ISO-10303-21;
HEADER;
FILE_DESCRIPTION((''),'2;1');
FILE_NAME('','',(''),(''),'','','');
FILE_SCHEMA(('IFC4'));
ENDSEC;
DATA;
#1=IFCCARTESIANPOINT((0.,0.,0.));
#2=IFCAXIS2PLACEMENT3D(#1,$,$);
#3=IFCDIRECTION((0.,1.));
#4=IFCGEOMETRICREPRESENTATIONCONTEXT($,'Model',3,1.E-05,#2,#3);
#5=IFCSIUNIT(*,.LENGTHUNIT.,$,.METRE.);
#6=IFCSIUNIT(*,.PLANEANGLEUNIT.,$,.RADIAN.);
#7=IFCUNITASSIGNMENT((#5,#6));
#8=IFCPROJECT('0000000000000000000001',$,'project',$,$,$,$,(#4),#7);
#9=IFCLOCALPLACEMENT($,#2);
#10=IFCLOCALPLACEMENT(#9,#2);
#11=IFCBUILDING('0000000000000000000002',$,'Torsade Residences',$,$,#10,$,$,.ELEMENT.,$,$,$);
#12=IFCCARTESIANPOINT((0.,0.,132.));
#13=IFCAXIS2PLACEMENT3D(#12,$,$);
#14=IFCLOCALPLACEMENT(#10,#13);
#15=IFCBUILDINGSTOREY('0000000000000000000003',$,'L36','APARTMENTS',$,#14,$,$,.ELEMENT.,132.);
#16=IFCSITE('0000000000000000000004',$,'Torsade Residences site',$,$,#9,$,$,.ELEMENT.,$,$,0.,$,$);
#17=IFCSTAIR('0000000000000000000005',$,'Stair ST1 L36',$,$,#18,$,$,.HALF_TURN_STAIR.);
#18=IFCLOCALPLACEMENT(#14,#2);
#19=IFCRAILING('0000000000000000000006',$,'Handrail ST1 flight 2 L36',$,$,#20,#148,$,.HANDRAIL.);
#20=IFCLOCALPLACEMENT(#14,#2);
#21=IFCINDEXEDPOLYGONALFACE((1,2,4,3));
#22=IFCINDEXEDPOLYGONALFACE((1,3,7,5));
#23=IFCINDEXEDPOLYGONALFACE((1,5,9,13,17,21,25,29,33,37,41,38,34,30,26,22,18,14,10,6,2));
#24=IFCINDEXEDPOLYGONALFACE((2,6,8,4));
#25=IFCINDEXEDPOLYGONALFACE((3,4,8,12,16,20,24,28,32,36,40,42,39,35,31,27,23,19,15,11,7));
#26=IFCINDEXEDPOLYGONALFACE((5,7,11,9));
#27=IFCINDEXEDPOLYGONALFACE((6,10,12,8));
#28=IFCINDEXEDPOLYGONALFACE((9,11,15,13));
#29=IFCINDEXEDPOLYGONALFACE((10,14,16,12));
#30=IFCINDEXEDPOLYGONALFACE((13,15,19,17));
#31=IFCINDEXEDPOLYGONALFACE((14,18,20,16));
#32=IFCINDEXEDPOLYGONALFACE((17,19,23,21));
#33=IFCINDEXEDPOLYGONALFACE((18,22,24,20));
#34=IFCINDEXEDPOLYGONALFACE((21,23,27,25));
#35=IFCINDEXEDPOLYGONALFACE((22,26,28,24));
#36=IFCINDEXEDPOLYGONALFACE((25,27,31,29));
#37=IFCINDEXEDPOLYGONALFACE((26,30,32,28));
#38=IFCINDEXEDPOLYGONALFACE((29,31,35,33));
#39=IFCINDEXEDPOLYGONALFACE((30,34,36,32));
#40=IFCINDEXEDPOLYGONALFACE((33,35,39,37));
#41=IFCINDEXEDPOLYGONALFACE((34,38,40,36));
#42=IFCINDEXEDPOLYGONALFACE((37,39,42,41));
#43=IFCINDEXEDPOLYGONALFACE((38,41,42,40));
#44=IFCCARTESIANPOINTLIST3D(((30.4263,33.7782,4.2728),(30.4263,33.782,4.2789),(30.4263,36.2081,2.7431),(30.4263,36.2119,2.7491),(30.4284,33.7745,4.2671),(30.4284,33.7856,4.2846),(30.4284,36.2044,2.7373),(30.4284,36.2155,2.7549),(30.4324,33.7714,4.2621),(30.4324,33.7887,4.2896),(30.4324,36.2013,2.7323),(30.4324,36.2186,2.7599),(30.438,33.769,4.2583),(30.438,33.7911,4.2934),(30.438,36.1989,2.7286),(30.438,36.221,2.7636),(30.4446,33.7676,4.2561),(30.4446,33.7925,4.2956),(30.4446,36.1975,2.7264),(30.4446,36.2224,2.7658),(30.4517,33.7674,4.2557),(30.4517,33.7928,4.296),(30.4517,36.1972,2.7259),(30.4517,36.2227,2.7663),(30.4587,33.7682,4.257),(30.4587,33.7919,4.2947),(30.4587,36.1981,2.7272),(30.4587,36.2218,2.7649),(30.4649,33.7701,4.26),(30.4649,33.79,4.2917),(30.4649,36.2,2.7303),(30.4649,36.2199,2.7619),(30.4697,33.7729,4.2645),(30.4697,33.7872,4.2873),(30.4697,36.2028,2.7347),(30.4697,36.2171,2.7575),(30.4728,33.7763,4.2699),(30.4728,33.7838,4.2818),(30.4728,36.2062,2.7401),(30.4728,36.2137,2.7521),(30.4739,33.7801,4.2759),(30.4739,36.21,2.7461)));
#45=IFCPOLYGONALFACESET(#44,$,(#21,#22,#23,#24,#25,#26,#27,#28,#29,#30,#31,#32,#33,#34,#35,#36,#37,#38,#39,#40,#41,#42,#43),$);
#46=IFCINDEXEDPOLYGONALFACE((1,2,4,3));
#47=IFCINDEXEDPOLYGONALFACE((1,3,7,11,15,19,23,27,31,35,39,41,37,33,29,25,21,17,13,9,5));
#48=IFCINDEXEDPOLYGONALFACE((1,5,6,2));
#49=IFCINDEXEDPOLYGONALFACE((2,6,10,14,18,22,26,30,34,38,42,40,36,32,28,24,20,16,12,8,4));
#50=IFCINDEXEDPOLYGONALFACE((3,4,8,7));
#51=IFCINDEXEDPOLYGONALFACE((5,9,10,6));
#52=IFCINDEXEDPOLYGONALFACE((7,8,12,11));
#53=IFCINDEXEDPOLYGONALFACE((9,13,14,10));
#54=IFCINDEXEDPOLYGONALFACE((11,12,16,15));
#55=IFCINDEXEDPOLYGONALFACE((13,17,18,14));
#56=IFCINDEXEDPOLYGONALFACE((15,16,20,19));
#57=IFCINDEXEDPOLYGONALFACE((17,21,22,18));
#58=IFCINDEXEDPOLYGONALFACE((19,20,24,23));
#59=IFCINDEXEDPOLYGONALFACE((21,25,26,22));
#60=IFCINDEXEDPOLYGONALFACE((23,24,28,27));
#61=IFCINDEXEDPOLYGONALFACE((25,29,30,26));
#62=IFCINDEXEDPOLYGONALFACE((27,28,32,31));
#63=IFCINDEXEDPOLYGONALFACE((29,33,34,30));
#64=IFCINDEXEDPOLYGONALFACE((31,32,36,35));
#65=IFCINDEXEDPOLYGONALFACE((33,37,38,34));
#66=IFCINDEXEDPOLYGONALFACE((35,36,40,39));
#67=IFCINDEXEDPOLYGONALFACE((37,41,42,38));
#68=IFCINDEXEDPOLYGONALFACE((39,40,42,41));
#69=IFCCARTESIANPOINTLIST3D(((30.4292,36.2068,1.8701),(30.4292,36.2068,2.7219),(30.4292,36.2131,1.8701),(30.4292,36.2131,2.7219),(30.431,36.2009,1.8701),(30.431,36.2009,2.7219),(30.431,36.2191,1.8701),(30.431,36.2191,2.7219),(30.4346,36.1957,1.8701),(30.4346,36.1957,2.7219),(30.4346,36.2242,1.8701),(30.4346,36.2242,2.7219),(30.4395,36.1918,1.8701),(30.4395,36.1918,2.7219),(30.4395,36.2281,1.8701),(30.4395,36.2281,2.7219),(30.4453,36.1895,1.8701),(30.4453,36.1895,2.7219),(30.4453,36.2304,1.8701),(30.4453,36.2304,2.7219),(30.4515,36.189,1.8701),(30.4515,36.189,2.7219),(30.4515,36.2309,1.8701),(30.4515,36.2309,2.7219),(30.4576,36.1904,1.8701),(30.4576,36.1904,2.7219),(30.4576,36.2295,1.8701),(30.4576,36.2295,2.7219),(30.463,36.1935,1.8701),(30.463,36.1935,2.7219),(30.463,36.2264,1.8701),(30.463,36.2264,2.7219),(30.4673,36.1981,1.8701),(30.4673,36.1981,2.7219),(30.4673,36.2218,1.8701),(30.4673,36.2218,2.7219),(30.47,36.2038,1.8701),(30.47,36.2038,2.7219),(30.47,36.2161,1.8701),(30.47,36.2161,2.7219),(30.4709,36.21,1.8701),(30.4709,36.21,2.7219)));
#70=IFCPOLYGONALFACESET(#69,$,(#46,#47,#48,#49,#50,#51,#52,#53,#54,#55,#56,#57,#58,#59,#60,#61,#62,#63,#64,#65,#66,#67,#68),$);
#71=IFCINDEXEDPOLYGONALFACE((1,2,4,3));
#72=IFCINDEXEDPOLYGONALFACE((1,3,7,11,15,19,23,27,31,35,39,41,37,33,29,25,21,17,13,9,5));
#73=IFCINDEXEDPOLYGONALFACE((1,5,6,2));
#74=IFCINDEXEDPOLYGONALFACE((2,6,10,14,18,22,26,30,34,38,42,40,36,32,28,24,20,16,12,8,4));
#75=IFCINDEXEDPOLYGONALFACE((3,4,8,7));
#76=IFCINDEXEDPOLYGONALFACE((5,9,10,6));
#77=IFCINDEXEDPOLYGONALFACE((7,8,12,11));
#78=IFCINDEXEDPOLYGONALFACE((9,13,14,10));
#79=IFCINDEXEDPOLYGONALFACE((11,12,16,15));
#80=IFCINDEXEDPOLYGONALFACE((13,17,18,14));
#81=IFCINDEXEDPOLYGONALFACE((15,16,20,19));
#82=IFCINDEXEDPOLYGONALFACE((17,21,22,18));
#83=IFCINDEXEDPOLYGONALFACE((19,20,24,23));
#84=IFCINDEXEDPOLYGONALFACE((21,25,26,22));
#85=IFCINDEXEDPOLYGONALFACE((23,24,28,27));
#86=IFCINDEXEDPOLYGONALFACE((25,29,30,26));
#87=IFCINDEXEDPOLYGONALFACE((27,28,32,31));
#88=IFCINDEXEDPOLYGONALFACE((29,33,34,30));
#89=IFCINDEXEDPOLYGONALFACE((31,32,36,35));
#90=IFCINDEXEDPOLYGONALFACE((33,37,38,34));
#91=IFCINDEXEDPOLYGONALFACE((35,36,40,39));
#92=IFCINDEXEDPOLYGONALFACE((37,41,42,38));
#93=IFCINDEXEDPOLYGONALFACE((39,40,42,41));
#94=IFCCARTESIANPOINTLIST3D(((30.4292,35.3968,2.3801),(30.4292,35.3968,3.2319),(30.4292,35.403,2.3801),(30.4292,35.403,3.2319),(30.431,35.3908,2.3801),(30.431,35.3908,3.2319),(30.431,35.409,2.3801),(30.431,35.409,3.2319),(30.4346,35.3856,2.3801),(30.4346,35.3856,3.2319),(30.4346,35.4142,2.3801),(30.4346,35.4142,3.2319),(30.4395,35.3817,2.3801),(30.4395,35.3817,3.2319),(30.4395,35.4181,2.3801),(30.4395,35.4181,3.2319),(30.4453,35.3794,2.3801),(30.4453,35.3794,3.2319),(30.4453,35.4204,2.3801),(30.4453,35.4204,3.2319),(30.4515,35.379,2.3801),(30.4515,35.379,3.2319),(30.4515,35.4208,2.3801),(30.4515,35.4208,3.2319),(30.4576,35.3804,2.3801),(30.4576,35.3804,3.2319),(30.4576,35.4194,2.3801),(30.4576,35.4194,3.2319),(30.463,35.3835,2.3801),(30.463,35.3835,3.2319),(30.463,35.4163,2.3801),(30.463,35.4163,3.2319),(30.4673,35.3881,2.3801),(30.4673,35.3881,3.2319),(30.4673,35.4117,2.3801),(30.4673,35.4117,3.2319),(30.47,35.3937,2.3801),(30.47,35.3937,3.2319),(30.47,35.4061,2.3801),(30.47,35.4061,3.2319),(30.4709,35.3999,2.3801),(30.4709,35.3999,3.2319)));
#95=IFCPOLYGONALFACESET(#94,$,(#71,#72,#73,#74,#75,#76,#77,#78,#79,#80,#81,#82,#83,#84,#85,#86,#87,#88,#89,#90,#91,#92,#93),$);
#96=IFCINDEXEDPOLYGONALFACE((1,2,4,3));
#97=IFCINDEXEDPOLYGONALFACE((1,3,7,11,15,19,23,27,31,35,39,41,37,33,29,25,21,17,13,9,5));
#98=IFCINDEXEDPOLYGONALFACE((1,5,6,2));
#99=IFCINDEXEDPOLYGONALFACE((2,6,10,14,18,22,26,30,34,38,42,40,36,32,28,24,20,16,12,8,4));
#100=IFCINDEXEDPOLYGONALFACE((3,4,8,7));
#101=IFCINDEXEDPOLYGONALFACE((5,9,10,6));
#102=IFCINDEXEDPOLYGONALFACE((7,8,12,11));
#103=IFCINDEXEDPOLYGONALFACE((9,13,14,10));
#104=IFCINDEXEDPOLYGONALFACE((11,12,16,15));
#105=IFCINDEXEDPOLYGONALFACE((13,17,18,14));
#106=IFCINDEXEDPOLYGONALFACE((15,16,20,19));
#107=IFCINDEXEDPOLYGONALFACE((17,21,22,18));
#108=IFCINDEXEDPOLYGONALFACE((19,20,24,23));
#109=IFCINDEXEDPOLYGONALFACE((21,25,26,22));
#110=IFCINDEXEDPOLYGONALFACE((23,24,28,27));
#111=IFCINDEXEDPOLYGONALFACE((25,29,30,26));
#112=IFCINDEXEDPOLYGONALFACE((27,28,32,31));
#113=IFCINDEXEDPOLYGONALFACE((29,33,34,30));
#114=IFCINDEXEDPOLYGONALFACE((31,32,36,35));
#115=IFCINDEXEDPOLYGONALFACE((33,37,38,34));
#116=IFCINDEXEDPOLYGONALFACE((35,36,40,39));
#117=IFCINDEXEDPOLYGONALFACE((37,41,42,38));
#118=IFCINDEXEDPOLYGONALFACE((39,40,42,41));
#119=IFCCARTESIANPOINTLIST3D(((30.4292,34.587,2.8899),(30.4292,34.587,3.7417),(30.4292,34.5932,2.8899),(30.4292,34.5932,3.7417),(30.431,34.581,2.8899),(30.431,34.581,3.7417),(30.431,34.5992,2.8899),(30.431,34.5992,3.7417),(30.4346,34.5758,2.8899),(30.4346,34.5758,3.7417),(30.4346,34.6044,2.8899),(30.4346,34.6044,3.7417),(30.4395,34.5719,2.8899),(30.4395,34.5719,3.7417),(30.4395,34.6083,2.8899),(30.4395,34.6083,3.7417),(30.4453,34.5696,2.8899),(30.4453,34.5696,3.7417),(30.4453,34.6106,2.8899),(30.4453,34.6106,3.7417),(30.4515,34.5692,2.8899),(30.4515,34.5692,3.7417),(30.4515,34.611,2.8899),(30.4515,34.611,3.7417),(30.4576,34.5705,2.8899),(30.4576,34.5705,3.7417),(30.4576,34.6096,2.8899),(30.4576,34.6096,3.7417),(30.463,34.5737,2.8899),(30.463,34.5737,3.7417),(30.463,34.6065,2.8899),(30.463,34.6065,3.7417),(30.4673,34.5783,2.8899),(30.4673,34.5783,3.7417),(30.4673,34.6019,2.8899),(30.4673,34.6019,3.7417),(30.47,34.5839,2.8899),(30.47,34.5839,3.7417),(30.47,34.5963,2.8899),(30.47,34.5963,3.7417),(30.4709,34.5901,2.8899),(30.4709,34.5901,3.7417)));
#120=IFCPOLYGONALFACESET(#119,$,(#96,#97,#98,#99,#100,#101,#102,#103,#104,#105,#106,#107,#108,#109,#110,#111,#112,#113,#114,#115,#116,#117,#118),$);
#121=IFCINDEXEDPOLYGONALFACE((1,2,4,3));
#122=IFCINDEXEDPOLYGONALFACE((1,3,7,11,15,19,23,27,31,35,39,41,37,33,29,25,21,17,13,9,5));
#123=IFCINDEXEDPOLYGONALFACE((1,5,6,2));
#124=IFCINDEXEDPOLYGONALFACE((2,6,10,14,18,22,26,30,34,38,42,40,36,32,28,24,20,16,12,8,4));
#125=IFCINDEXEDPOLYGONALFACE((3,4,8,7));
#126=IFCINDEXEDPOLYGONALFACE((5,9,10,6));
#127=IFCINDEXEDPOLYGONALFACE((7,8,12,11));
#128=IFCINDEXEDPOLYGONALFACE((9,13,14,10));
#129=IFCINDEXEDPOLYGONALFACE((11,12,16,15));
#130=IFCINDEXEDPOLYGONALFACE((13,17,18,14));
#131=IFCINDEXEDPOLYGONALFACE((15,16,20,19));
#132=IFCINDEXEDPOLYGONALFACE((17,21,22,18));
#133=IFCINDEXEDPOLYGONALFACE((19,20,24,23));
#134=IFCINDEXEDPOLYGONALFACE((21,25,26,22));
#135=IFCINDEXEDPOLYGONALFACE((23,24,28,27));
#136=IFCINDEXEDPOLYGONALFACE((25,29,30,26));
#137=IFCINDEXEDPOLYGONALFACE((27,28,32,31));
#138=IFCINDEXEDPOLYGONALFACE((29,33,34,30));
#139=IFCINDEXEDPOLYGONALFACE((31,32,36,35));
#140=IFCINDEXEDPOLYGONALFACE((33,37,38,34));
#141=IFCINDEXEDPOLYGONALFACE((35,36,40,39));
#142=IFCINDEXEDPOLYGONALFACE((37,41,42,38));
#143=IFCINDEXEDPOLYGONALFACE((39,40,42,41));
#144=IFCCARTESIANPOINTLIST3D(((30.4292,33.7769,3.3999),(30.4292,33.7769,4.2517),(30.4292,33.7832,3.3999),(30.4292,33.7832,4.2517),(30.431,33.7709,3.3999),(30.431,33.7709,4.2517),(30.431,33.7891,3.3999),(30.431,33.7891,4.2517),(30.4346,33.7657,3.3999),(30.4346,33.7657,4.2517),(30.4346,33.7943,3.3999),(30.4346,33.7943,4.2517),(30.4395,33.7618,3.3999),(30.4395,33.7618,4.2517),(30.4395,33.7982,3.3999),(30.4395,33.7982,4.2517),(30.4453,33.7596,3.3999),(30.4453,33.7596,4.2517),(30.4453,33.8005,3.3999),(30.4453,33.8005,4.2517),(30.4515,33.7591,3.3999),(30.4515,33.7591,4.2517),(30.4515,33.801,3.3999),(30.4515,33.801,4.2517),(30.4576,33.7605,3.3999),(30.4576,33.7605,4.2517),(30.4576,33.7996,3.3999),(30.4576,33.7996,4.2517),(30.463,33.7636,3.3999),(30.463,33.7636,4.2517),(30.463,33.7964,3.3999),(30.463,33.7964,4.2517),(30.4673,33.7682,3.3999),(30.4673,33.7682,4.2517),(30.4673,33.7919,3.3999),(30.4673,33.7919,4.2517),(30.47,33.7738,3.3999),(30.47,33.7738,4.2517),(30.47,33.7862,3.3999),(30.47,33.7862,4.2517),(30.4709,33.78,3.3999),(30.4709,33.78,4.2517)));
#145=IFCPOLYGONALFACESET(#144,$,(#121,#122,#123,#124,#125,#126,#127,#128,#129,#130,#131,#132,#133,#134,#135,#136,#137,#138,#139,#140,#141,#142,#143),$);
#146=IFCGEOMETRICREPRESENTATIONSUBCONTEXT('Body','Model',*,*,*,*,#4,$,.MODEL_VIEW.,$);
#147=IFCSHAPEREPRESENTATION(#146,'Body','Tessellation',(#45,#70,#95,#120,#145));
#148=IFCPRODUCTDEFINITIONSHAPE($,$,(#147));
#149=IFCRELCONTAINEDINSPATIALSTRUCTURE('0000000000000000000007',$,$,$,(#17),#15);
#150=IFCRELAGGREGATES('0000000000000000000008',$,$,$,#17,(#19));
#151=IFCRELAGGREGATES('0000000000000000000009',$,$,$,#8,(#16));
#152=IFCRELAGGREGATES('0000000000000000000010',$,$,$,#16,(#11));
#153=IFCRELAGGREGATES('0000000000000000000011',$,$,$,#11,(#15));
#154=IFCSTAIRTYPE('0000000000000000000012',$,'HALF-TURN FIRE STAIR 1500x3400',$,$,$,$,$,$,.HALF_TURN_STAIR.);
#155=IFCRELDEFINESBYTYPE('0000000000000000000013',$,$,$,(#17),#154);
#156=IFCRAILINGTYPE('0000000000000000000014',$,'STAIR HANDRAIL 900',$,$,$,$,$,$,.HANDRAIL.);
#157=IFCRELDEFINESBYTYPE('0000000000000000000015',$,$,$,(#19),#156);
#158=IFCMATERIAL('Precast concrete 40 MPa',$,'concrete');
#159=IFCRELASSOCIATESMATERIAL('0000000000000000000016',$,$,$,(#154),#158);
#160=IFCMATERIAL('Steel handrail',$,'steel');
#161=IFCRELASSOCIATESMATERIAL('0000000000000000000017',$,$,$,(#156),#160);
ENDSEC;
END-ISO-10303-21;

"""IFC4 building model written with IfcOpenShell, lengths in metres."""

from ifc_helpers import new_model, si_unit, direction, frame, origin, origin_2d, place, context, subcontext, project, spatial, circle, extrude, material, type_object, element, aggregate, save


model = new_model("IFC4")

# Units and contexts
model_context = context("Model", 3, precision=1e-05, world=origin(), true_north=direction((0.0, 1.0)))
body_context = subcontext(model_context, "Body", "Model", "MODEL_VIEW")
ifc_project = project(units=[si_unit("LENGTHUNIT", "METRE"), si_unit("PLANEANGLEUNIT", "RADIAN")], contexts=[model_context])

# Site, building, storey
site_placement = place(None, origin())
site = spatial("IfcSite", under=ifc_project, at=site_placement, Name="Torsade Residences site", CompositionType="ELEMENT", RefElevation=0.0)
building_placement = place(site_placement, origin())
building = spatial("IfcBuilding", under=site, at=building_placement, Name="Torsade Residences", CompositionType="ELEMENT")
storey_placement = place(building_placement, frame((0.0, 0.0, 132.0)))
storey = spatial("IfcBuildingStorey", under=building, at=storey_placement, Name="L36", Description="APARTMENTS", CompositionType="ELEMENT", Elevation=132.0)

# Stair, railing
ifc_material_1 = material(Name="Precast concrete 40 MPa", Category="concrete")
stair_type = type_object("IfcStairType", Name="HALF-TURN FIRE STAIR 1500x3400", PredefinedType="HALF_TURN_STAIR", material=ifc_material_1)
stair_placement = place(storey_placement, origin())
stair = element("IfcStair", 1, at=stair_placement, inside=storey, type_object=stair_type, Name="Stair ST1 L36", PredefinedType="HALF_TURN_STAIR")
ifc_material_2 = material(Name="Steel handrail", Category="steel")
railing_type = type_object("IfcRailingType", Name="STAIR HANDRAIL 900", PredefinedType="HANDRAIL", material=ifc_material_2)
railing_1_placement = place(storey_placement, frame((30.45, 36.21, 1.8701)))
railing_1 = element("IfcRailing", 2, at=railing_1_placement, type_object=railing_type, Name="Handrail ST1 flight 2 L36", PredefinedType="HANDRAIL", context=body_context, shape_type="SweptSolid", body=[
    extrude(circle(Radius=0.0239, at=origin_2d()), frame((0.0, 0.0, 0.876), z_axis=(0.0, -0.84626, 0.53277), x_axis=(1.0, 0.0, 0.0)), (0.0, 0.0, 1.0), 2.8713),
    extrude(circle(Radius=0.021, at=origin_2d()), origin(), (0.0, 0.0, 1.0), 0.8518),
    extrude(circle(Radius=0.021, at=origin_2d()), frame((0.0, -0.8101, 0.51)), (0.0, 0.0, 1.0), 0.8518),
    extrude(circle(Radius=0.021, at=origin_2d()), frame((0.0, -1.6199, 1.0198)), (0.0, 0.0, 1.0), 0.8518),
    extrude(circle(Radius=0.021, at=origin_2d()), frame((0.0, -2.4299, 1.5298)), (0.0, 0.0, 1.0), 0.8518),
])
aggregate(stair, [railing_1])

save(model, "model.ifc")
